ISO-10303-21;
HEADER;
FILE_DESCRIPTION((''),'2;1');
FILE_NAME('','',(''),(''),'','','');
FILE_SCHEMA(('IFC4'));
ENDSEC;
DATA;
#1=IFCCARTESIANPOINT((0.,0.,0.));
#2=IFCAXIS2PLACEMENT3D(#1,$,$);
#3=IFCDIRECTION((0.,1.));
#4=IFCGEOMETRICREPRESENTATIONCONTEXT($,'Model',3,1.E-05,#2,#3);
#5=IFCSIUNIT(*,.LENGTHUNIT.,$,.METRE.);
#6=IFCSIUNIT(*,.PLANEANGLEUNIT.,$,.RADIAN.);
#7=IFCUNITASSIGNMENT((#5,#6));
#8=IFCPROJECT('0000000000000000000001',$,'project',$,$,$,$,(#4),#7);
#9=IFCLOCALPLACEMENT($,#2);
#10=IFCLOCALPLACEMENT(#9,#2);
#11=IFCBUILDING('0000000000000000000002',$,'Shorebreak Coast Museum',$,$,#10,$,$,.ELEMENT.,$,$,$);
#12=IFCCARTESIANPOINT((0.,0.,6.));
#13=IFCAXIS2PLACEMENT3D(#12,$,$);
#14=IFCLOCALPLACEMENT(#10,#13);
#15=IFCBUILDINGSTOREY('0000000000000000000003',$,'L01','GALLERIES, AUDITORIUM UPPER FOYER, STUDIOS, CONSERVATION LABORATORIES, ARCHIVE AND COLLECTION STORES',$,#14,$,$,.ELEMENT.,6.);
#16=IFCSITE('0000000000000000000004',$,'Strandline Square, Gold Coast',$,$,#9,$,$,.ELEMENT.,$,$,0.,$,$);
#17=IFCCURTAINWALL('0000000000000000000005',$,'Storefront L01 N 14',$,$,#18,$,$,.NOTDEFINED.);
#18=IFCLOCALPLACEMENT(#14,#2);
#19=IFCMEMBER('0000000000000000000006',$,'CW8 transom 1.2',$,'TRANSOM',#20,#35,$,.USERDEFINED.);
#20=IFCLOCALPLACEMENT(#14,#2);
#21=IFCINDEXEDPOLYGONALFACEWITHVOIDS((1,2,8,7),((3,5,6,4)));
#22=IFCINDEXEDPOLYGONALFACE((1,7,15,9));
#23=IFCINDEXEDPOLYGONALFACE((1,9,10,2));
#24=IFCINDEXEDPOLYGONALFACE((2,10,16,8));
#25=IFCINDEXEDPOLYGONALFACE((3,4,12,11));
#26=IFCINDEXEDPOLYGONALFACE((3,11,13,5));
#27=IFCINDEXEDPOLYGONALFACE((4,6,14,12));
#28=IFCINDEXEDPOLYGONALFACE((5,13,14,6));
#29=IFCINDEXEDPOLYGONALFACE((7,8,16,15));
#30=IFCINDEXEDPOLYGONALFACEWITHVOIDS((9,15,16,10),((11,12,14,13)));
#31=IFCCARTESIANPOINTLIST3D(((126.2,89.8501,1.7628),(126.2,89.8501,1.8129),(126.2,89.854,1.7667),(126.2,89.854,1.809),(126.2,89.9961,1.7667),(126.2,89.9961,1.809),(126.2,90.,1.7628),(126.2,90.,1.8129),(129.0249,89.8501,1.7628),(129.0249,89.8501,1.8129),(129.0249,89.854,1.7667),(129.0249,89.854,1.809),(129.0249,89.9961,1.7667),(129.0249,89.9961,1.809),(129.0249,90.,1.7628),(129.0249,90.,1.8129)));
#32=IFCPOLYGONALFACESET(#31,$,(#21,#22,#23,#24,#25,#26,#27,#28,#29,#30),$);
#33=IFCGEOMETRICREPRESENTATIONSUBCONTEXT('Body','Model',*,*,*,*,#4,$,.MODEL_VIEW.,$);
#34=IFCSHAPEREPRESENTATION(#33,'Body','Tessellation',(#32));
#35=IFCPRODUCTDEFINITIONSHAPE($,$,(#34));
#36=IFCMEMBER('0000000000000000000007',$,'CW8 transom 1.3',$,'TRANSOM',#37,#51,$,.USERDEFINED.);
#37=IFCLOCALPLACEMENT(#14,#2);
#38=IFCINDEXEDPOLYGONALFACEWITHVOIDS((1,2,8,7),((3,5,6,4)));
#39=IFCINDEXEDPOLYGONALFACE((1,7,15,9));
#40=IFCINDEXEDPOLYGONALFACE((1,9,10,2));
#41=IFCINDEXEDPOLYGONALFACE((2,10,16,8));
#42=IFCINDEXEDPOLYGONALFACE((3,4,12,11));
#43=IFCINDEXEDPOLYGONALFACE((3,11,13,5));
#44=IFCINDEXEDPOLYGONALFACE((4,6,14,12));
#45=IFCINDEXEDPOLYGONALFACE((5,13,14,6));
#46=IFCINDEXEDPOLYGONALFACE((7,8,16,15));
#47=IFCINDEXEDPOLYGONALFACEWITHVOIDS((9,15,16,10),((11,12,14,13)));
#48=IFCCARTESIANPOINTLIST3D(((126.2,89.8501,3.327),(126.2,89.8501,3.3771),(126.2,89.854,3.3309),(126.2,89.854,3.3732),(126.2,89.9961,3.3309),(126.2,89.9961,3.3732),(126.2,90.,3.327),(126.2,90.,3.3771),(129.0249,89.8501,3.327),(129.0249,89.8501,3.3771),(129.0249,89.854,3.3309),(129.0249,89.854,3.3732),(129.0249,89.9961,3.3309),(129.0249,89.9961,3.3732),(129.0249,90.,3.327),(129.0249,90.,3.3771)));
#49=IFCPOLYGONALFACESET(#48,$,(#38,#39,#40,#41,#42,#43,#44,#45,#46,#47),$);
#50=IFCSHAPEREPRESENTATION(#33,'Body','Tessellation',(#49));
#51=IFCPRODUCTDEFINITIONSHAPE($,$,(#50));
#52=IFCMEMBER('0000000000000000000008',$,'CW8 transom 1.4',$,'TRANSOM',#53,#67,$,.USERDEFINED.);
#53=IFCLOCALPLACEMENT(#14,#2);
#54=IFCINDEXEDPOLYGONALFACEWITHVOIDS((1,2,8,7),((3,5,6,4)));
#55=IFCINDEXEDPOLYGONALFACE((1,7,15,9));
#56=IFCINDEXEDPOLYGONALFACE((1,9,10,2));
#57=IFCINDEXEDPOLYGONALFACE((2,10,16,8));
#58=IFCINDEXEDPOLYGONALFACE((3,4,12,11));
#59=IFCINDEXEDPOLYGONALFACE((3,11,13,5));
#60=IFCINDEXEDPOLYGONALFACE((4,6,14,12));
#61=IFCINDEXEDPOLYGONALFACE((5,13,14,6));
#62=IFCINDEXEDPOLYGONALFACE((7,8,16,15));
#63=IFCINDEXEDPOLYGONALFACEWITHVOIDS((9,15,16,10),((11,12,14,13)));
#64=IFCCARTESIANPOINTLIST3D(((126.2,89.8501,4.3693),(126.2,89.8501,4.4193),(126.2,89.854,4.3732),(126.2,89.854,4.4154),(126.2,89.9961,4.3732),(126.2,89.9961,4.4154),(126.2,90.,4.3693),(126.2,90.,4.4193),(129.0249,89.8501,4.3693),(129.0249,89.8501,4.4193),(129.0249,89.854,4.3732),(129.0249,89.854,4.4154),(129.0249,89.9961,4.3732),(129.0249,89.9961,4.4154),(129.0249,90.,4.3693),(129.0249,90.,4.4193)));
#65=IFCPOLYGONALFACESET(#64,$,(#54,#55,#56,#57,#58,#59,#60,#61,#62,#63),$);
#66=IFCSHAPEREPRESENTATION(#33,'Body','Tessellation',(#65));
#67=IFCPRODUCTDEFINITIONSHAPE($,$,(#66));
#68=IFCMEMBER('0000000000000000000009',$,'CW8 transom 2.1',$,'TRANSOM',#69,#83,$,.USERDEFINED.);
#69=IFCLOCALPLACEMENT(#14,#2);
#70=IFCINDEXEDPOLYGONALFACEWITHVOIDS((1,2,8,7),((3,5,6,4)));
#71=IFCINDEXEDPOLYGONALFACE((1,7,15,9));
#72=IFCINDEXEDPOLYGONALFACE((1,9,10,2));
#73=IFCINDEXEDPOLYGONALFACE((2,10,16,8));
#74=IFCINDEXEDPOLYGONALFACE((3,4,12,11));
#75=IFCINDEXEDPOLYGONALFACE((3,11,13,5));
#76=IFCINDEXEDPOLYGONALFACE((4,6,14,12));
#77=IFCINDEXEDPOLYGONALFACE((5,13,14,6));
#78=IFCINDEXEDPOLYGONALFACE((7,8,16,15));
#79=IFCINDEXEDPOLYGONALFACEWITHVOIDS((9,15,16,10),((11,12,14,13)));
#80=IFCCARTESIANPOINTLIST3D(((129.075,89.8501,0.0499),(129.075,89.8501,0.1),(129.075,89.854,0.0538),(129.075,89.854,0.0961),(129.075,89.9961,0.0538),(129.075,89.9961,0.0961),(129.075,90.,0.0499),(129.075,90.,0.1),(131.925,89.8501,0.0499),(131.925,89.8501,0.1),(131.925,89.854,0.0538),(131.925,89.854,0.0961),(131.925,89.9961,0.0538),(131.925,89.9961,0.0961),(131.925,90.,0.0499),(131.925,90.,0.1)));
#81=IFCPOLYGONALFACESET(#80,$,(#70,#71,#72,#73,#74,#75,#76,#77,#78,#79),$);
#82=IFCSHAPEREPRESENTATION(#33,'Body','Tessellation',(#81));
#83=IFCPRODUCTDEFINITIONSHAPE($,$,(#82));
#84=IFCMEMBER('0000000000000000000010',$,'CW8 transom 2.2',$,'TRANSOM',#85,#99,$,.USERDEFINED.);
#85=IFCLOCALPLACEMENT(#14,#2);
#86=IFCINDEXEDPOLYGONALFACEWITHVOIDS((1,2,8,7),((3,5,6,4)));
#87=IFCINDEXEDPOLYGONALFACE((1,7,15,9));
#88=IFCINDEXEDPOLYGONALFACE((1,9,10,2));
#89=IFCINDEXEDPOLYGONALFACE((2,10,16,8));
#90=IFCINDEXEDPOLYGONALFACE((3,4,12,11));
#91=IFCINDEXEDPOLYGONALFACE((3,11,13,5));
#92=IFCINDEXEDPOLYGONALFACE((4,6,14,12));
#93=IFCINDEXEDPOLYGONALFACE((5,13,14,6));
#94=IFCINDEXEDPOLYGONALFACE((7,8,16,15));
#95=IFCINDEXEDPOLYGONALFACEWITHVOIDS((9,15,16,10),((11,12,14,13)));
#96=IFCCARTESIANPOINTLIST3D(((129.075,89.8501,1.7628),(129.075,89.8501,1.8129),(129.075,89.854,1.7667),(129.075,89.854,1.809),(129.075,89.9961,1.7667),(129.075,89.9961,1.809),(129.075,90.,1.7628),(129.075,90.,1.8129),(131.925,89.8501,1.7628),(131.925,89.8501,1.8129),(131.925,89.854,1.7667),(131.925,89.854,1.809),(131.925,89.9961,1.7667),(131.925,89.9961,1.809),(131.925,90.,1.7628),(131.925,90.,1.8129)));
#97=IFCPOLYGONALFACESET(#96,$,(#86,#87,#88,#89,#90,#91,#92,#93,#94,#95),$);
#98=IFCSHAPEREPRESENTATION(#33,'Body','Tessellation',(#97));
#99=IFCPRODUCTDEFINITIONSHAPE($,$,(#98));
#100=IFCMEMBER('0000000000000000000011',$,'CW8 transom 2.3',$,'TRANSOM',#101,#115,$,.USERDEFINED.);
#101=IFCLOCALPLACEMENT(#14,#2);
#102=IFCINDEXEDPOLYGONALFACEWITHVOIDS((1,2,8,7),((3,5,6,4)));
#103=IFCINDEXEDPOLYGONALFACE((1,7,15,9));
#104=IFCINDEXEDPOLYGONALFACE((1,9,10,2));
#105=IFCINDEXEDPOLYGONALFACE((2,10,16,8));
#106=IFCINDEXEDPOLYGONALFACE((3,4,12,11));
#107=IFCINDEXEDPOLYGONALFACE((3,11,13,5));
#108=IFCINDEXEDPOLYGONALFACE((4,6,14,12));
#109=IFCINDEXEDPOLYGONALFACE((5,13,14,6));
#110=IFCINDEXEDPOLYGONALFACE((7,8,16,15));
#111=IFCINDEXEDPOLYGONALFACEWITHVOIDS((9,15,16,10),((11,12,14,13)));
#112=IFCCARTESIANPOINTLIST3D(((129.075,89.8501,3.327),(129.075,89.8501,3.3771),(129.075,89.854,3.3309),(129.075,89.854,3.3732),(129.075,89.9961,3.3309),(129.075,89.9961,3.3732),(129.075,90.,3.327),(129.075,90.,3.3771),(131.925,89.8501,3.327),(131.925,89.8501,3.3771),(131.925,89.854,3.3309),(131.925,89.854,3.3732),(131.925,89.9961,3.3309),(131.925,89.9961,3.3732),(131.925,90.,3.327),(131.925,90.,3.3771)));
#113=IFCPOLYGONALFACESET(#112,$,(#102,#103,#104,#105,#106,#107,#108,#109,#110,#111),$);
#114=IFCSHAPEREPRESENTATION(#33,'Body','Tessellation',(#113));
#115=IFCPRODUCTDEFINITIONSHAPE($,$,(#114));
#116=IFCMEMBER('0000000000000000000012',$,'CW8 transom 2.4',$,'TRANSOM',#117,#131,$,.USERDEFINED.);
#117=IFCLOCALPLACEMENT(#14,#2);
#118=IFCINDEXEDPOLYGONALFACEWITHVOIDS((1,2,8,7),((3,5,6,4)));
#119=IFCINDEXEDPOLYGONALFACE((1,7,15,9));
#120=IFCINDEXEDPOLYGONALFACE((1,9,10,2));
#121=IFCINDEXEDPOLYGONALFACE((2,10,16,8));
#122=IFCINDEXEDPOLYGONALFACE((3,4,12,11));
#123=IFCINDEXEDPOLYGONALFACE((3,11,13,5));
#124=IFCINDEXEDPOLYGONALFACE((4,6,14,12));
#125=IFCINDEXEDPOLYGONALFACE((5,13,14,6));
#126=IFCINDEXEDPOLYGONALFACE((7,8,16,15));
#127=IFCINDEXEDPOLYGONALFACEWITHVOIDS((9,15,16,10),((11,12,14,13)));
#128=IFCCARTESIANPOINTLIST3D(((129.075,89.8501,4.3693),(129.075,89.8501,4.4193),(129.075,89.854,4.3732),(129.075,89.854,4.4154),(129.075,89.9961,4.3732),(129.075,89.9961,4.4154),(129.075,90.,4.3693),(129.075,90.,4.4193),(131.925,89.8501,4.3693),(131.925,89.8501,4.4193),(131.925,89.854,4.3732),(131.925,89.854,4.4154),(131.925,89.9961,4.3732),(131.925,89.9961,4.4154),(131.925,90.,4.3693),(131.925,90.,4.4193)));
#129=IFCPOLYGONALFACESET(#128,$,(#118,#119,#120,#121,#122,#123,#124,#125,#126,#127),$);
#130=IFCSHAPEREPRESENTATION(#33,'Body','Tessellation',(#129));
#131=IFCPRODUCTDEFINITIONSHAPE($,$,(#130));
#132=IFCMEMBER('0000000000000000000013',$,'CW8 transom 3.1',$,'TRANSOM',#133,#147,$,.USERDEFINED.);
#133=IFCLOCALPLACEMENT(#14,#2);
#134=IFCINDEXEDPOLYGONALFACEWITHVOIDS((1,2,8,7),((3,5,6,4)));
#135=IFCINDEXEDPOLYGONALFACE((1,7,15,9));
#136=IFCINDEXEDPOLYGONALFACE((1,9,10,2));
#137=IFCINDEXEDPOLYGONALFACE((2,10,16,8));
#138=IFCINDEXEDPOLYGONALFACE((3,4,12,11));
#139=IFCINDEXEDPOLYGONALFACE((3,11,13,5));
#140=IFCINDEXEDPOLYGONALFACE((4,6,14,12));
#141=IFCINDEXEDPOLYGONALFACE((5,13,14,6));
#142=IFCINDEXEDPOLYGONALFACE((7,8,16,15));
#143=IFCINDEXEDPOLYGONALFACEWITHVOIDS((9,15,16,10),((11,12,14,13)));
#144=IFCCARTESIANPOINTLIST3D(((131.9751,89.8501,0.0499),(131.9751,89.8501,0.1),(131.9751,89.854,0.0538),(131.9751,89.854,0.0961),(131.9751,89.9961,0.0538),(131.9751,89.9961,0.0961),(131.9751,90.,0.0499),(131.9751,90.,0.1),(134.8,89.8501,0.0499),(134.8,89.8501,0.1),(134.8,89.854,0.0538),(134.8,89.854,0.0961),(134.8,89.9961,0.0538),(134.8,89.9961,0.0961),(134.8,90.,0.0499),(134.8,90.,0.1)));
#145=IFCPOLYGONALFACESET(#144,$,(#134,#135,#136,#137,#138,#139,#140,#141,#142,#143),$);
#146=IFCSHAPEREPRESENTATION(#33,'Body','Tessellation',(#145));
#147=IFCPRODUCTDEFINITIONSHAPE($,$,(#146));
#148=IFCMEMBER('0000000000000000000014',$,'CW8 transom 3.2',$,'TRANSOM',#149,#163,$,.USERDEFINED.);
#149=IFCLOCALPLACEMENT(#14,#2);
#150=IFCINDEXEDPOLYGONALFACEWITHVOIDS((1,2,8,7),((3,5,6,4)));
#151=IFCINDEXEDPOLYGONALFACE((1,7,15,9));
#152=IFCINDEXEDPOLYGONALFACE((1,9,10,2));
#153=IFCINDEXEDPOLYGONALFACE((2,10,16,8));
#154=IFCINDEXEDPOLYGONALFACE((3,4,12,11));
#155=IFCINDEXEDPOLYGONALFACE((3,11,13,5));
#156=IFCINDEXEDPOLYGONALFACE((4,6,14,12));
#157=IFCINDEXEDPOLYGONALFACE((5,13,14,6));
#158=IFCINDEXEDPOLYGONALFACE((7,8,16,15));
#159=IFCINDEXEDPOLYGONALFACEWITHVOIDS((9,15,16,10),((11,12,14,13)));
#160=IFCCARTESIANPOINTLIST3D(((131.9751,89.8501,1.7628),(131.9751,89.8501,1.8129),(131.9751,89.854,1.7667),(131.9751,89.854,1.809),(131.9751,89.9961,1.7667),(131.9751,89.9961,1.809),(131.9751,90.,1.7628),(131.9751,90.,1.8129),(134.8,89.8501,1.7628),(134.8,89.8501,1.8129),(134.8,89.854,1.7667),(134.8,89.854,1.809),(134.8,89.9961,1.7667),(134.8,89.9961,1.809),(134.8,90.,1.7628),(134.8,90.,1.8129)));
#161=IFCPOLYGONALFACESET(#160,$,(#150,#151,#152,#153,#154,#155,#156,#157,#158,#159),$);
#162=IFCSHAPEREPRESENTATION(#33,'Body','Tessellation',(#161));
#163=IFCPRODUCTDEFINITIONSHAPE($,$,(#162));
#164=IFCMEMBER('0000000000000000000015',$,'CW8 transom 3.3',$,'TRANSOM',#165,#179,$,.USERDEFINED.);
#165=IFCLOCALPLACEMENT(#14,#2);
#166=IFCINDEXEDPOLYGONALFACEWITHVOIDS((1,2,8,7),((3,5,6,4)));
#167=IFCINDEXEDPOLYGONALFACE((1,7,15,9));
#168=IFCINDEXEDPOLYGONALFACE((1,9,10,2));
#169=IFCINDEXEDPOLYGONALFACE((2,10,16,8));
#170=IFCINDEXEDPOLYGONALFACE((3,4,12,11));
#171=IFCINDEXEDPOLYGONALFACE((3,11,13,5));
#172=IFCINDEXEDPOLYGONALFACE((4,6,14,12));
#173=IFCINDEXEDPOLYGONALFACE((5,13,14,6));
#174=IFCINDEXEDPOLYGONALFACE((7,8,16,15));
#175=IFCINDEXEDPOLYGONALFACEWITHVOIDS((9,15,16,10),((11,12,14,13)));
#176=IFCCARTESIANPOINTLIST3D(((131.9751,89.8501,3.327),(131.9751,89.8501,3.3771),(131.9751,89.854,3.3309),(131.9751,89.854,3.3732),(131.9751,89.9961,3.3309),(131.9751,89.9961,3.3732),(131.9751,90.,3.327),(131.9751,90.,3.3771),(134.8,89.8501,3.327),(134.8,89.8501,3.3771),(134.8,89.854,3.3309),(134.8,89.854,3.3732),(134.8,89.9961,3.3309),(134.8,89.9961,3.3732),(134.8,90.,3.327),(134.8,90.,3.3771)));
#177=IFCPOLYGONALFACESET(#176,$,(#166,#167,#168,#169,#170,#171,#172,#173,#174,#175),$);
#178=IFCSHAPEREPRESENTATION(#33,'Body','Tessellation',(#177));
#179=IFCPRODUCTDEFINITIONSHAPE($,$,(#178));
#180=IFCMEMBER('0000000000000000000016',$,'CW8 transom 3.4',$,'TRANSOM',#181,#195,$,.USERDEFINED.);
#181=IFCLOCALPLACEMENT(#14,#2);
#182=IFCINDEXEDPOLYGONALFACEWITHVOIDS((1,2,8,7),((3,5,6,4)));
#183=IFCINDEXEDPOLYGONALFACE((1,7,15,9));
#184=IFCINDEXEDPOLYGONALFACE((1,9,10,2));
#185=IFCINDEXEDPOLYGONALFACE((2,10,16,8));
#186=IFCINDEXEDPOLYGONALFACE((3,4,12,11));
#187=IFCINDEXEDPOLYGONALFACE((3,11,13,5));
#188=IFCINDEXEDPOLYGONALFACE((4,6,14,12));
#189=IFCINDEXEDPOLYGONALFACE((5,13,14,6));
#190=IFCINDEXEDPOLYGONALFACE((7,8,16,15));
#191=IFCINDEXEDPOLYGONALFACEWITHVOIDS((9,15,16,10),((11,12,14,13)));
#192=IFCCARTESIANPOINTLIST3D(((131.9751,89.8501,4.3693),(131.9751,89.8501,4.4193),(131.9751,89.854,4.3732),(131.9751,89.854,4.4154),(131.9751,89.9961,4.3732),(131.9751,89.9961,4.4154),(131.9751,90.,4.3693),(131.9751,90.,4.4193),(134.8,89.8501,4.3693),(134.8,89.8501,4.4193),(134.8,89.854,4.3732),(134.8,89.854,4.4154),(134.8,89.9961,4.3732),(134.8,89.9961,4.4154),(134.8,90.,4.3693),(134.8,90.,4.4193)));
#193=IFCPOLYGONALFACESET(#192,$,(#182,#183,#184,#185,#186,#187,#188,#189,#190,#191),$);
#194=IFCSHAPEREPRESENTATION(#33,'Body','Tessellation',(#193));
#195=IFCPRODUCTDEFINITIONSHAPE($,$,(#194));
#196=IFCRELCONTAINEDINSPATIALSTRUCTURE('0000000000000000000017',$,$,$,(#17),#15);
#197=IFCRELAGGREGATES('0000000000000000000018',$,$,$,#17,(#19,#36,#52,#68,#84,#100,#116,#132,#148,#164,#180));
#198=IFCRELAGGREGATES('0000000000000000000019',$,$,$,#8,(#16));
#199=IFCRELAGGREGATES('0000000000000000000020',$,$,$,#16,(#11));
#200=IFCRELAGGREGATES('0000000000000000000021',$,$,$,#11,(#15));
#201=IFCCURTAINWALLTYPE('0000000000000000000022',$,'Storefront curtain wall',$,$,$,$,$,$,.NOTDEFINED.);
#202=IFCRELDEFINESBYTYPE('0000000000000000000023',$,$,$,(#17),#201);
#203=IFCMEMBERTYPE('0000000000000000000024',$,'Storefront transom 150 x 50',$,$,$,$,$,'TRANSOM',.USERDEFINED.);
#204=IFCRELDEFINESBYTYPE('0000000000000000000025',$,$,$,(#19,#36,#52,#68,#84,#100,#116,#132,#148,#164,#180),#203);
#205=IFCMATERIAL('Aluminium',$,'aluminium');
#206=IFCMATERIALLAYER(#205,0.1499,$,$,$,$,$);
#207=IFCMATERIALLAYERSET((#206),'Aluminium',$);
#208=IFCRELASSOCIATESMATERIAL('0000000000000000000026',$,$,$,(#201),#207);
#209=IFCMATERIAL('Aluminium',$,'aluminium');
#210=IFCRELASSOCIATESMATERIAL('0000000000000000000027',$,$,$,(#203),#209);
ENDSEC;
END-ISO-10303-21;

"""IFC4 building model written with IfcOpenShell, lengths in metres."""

from ifc_helpers import new_model, si_unit, direction, frame, origin, origin_2d, place, context, subcontext, project, spatial, hollow_rectangle, extrude, material, layer, layer_set, material_profile, profile_set, type_object, element, aggregate, save


model = new_model("IFC4")

# Units and contexts
model_context = context("Model", 3, precision=1e-05, world=origin(), true_north=direction((0.0, 1.0)))
body_context = subcontext(model_context, "Body", "Model", "MODEL_VIEW")
ifc_project = project(units=[si_unit("LENGTHUNIT", "METRE"), si_unit("PLANEANGLEUNIT", "RADIAN")], contexts=[model_context])

# Site, building, storey
site_placement = place(None, origin())
site = spatial("IfcSite", under=ifc_project, at=site_placement, Name="Strandline Square, Gold Coast", CompositionType="ELEMENT", RefElevation=0.0)
building_placement = place(site_placement, origin())
building = spatial("IfcBuilding", under=site, at=building_placement, Name="Shorebreak Coast Museum", CompositionType="ELEMENT")
storey_placement = place(building_placement, frame((0.0, 0.0, 6.0)))
storey = spatial("IfcBuildingStorey", under=building, at=storey_placement, Name="L01", Description="GALLERIES, AUDITORIUM UPPER FOYER, STUDIOS, CONSERVATION LABORATORIES, ARCHIVE AND COLLECTION STORES", CompositionType="ELEMENT", Elevation=6.0)

# Curtain wall
ifc_material_1 = material(Name="Aluminium", Category="aluminium")
ifc_layer_1 = layer(ifc_material_1, 0.1499)
ifc_layer_set_1 = layer_set([ifc_layer_1], Name="Aluminium")
curtain_wall_type = type_object("IfcCurtainWallType", Name="Storefront curtain wall", PredefinedType="NOTDEFINED", material=ifc_layer_set_1)
curtain_wall_1_placement = place(storey_placement, origin())
curtain_wall_1 = element("IfcCurtainWall", 1, at=curtain_wall_1_placement, inside=storey, type_object=curtain_wall_type, Name="Storefront L01 N 14", PredefinedType="NOTDEFINED")

# Members
ifc_material_2 = material(Name="Aluminium", Category="aluminium")
ifc_material_profile_1 = material_profile(ifc_material_2, hollow_rectangle(XDim=0.1499, YDim=0.05, WallThickness=0.0039, at=origin_2d()), Name="AL 50x150 RHS")
ifc_profile_set_1 = profile_set([ifc_material_profile_1], Name="Aluminium")
member_type_1 = type_object("IfcMemberType", Name="Storefront transom 150 x 50", ElementType="TRANSOM", PredefinedType="USERDEFINED", material=ifc_profile_set_1)
member_1_placement = place(storey_placement, frame((126.2, 89.925, 1.7878), z_axis=(1.0, 0.0, 0.0), x_axis=(0.0, 1.0, 0.0)))
member_1 = element("IfcMember", 2, at=member_1_placement, type_object=member_type_1, Name="CW8 transom 1.2", ObjectType="TRANSOM", PredefinedType="USERDEFINED", context=body_context, shape_type="SweptSolid", body=[
    extrude(hollow_rectangle(XDim=0.1499, YDim=0.05, WallThickness=0.0039, at=origin_2d()), origin(), (0.0, 0.0, 1.0), 2.825),
])
member_2_placement = place(storey_placement, frame((126.2, 89.925, 3.3521), z_axis=(1.0, 0.0, 0.0), x_axis=(0.0, 1.0, 0.0)))
member_2 = element("IfcMember", 3, at=member_2_placement, type_object=member_type_1, Name="CW8 transom 1.3", ObjectType="TRANSOM", PredefinedType="USERDEFINED", context=body_context, shape_type="SweptSolid", body=[
    extrude(hollow_rectangle(XDim=0.1499, YDim=0.05, WallThickness=0.0039, at=origin_2d()), origin(), (0.0, 0.0, 1.0), 2.825),
])
member_3_placement = place(storey_placement, frame((126.2, 89.925, 4.3943), z_axis=(1.0, 0.0, 0.0), x_axis=(0.0, 1.0, 0.0)))
member_3 = element("IfcMember", 4, at=member_3_placement, type_object=member_type_1, Name="CW8 transom 1.4", ObjectType="TRANSOM", PredefinedType="USERDEFINED", context=body_context, shape_type="SweptSolid", body=[
    extrude(hollow_rectangle(XDim=0.1499, YDim=0.05, WallThickness=0.0039, at=origin_2d()), origin(), (0.0, 0.0, 1.0), 2.825),
])
member_4_placement = place(storey_placement, frame((129.075, 89.925, 0.075), z_axis=(1.0, 0.0, 0.0), x_axis=(0.0, 1.0, 0.0)))
member_4 = element("IfcMember", 5, at=member_4_placement, type_object=member_type_1, Name="CW8 transom 2.1", ObjectType="TRANSOM", PredefinedType="USERDEFINED", context=body_context, shape_type="SweptSolid", body=[
    extrude(hollow_rectangle(XDim=0.1499, YDim=0.05, WallThickness=0.0039, at=origin_2d()), origin(), (0.0, 0.0, 1.0), 2.8501),
])
member_5_placement = place(storey_placement, frame((129.075, 89.925, 1.7878), z_axis=(1.0, 0.0, 0.0), x_axis=(0.0, 1.0, 0.0)))
member_5 = element("IfcMember", 6, at=member_5_placement, type_object=member_type_1, Name="CW8 transom 2.2", ObjectType="TRANSOM", PredefinedType="USERDEFINED", context=body_context, shape_type="SweptSolid", body=[
    extrude(hollow_rectangle(XDim=0.1499, YDim=0.05, WallThickness=0.0039, at=origin_2d()), origin(), (0.0, 0.0, 1.0), 2.8501),
])
member_6_placement = place(storey_placement, frame((129.075, 89.925, 3.3521), z_axis=(1.0, 0.0, 0.0), x_axis=(0.0, 1.0, 0.0)))
member_6 = element("IfcMember", 7, at=member_6_placement, type_object=member_type_1, Name="CW8 transom 2.3", ObjectType="TRANSOM", PredefinedType="USERDEFINED", context=body_context, shape_type="SweptSolid", body=[
    extrude(hollow_rectangle(XDim=0.1499, YDim=0.05, WallThickness=0.0039, at=origin_2d()), origin(), (0.0, 0.0, 1.0), 2.8501),
])
member_7_placement = place(storey_placement, frame((129.075, 89.925, 4.3943), z_axis=(1.0, 0.0, 0.0), x_axis=(0.0, 1.0, 0.0)))
member_7 = element("IfcMember", 8, at=member_7_placement, type_object=member_type_1, Name="CW8 transom 2.4", ObjectType="TRANSOM", PredefinedType="USERDEFINED", context=body_context, shape_type="SweptSolid", body=[
    extrude(hollow_rectangle(XDim=0.1499, YDim=0.05, WallThickness=0.0039, at=origin_2d()), origin(), (0.0, 0.0, 1.0), 2.8501),
])
member_8_placement = place(storey_placement, frame((131.9751, 89.925, 0.075), z_axis=(1.0, 0.0, 0.0), x_axis=(0.0, 1.0, 0.0)))
member_8 = element("IfcMember", 9, at=member_8_placement, type_object=member_type_1, Name="CW8 transom 3.1", ObjectType="TRANSOM", PredefinedType="USERDEFINED", context=body_context, shape_type="SweptSolid", body=[
    extrude(hollow_rectangle(XDim=0.1499, YDim=0.05, WallThickness=0.0039, at=origin_2d()), origin(), (0.0, 0.0, 1.0), 2.825),
])
member_9_placement = place(storey_placement, frame((131.9751, 89.925, 1.7878), z_axis=(1.0, 0.0, 0.0), x_axis=(0.0, 1.0, 0.0)))
member_9 = element("IfcMember", 10, at=member_9_placement, type_object=member_type_1, Name="CW8 transom 3.2", ObjectType="TRANSOM", PredefinedType="USERDEFINED", context=body_context, shape_type="SweptSolid", body=[
    extrude(hollow_rectangle(XDim=0.1499, YDim=0.05, WallThickness=0.0039, at=origin_2d()), origin(), (0.0, 0.0, 1.0), 2.825),
])
member_10_placement = place(storey_placement, frame((131.9751, 89.925, 3.3521), z_axis=(1.0, 0.0, 0.0), x_axis=(0.0, 1.0, 0.0)))
member_10 = element("IfcMember", 11, at=member_10_placement, type_object=member_type_1, Name="CW8 transom 3.3", ObjectType="TRANSOM", PredefinedType="USERDEFINED", context=body_context, shape_type="SweptSolid", body=[
    extrude(hollow_rectangle(XDim=0.1499, YDim=0.05, WallThickness=0.0039, at=origin_2d()), origin(), (0.0, 0.0, 1.0), 2.825),
])
member_11_placement = place(storey_placement, frame((131.9751, 89.925, 4.3943), z_axis=(1.0, 0.0, 0.0), x_axis=(0.0, 1.0, 0.0)))
member_11 = element("IfcMember", 12, at=member_11_placement, type_object=member_type_1, Name="CW8 transom 3.4", ObjectType="TRANSOM", PredefinedType="USERDEFINED", context=body_context, shape_type="SweptSolid", body=[
    extrude(hollow_rectangle(XDim=0.1499, YDim=0.05, WallThickness=0.0039, at=origin_2d()), origin(), (0.0, 0.0, 1.0), 2.825),
])

aggregate(curtain_wall_1, [member_1, member_2, member_3, member_4, member_5, member_6, member_7, member_8, member_9, member_10, member_11])

save(model, "model.ifc")
